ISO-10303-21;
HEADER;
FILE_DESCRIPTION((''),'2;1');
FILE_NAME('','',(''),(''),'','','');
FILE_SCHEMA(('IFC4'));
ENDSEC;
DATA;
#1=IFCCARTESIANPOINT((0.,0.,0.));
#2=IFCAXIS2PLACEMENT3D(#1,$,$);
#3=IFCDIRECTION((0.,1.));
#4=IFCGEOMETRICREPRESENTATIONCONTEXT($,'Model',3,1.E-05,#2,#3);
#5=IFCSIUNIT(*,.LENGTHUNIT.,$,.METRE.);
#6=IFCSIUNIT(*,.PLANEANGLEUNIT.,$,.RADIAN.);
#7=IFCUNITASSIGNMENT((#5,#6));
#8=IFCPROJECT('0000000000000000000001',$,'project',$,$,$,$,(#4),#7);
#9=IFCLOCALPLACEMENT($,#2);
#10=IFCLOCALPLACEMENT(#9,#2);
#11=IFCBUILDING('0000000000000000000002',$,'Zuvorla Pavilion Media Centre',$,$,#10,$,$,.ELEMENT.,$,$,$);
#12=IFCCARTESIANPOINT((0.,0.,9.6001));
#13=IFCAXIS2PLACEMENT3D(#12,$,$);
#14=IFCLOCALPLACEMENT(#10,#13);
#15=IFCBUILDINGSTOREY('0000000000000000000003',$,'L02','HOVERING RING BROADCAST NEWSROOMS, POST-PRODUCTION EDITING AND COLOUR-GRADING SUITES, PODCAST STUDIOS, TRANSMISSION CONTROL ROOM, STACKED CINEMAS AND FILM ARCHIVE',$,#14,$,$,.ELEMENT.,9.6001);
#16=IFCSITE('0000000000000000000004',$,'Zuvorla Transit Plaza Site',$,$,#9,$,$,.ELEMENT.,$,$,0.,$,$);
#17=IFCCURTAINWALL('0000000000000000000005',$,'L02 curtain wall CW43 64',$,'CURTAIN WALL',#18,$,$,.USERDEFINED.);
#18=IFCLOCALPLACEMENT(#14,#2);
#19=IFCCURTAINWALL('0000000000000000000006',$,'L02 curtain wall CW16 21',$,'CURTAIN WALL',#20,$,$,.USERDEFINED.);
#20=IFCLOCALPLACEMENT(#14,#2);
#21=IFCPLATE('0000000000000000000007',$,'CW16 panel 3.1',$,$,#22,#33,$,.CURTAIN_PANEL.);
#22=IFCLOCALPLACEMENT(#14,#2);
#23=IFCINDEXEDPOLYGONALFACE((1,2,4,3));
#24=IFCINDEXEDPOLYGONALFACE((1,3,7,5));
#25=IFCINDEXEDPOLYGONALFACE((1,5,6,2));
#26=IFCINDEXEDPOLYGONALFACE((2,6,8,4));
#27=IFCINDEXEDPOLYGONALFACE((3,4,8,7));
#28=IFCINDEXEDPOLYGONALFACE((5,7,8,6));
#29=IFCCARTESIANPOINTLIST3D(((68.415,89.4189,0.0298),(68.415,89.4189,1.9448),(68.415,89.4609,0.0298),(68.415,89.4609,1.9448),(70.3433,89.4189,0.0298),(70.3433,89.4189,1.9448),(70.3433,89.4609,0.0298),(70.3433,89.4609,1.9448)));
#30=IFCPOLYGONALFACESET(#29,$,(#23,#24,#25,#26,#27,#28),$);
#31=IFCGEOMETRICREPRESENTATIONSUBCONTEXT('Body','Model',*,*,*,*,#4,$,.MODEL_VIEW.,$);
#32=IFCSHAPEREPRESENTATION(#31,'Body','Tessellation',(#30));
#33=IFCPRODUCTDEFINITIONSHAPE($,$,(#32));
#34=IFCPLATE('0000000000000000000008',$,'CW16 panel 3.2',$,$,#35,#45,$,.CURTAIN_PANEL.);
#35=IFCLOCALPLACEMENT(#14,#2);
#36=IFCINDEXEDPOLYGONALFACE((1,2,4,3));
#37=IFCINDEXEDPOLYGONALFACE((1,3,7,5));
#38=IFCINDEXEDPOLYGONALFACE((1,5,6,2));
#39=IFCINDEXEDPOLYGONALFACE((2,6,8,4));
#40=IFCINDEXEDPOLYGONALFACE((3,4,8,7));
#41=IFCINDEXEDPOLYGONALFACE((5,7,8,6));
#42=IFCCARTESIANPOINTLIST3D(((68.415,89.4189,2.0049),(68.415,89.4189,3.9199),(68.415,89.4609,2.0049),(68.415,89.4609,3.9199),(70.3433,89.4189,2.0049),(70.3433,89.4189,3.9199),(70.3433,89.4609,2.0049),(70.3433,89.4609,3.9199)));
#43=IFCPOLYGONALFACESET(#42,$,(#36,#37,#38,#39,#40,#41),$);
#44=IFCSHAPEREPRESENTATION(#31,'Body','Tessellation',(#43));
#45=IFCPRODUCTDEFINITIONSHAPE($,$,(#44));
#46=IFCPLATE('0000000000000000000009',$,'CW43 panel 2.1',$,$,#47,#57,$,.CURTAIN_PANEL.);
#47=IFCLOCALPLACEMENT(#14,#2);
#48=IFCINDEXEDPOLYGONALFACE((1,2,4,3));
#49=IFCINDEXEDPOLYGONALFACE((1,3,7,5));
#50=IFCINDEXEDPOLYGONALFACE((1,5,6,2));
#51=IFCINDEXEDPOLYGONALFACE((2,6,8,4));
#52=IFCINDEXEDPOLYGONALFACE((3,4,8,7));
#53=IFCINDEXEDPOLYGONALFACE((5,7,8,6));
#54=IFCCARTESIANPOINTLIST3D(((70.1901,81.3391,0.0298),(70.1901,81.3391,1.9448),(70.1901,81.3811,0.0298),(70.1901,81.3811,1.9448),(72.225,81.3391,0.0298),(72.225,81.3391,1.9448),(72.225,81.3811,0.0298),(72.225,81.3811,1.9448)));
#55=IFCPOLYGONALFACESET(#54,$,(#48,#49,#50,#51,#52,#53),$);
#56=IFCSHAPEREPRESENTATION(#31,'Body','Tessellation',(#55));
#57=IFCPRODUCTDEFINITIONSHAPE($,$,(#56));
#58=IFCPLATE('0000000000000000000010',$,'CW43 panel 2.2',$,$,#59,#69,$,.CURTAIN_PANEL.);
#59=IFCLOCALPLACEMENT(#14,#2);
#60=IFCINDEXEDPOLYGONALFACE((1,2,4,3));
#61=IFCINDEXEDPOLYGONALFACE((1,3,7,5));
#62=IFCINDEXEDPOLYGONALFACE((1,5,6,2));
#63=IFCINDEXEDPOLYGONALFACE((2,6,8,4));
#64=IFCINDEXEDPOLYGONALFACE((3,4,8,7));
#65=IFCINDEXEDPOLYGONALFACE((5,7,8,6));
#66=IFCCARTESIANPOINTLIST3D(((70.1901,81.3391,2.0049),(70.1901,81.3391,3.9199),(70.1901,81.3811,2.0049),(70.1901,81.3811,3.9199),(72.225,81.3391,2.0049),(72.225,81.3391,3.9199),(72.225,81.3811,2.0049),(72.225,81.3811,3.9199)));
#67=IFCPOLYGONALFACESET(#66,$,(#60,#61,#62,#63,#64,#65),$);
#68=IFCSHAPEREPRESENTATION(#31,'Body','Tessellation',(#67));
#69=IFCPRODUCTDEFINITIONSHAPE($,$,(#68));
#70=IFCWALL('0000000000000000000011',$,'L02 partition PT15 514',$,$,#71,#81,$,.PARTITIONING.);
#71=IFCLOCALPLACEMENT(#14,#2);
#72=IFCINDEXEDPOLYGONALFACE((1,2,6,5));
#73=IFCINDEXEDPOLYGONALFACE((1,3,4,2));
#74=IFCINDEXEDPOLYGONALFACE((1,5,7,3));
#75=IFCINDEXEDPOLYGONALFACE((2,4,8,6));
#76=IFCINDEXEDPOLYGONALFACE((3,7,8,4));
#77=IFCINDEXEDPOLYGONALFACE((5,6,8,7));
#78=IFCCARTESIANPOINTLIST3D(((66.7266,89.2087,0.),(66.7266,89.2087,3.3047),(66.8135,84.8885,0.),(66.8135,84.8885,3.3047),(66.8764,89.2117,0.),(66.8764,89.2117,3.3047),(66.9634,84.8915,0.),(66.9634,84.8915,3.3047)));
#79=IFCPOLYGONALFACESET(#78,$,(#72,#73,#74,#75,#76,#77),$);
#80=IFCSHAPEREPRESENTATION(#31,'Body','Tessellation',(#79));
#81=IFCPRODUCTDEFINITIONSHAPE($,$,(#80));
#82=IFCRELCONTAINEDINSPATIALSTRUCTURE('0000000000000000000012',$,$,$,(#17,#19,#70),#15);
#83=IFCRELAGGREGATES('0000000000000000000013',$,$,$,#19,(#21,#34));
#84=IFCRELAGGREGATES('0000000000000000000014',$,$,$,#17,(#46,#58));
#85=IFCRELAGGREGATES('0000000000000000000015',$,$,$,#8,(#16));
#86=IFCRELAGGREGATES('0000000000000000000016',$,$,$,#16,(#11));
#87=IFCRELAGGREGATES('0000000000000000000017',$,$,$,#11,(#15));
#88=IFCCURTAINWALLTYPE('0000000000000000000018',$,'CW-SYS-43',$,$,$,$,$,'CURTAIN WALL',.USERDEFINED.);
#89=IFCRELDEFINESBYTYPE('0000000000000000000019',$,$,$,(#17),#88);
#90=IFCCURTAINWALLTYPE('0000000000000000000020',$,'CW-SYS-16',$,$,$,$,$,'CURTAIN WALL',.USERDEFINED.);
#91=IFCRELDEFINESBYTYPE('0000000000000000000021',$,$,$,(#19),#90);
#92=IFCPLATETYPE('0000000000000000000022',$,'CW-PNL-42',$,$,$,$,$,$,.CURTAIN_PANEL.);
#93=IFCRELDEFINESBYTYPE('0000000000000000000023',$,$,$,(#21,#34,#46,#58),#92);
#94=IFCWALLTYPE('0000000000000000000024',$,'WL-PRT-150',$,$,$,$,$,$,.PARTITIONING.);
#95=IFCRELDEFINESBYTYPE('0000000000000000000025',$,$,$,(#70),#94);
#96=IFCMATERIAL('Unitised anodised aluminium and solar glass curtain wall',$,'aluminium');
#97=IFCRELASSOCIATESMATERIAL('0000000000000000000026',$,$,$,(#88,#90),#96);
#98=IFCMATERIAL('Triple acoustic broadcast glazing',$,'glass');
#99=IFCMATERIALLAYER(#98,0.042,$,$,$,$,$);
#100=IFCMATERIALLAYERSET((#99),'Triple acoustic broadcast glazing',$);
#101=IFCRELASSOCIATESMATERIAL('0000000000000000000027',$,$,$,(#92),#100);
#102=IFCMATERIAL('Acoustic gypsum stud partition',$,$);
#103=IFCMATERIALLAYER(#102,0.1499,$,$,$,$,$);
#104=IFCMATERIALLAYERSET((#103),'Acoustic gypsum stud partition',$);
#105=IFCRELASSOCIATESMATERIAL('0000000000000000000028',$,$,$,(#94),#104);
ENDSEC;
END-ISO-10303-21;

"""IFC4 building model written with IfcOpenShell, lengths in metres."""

from ifc_helpers import new_model, si_unit, direction, frame, frame_2d, origin, origin_2d, place, context, subcontext, project, spatial, rectangle, extrude, material, layer, layer_set, type_object, element, aggregate, save


model = new_model("IFC4")

# Units and contexts
model_context = context("Model", 3, precision=1e-05, world=origin(), true_north=direction((0.0, 1.0)))
body_context = subcontext(model_context, "Body", "Model", "MODEL_VIEW")
ifc_project = project(units=[si_unit("LENGTHUNIT", "METRE"), si_unit("PLANEANGLEUNIT", "RADIAN")], contexts=[model_context])

# Site, building, storey
site_placement = place(None, origin())
site = spatial("IfcSite", under=ifc_project, at=site_placement, Name="Zuvorla Transit Plaza Site", CompositionType="ELEMENT", RefElevation=0.0)
building_placement = place(site_placement, origin())
building = spatial("IfcBuilding", under=site, at=building_placement, Name="Zuvorla Pavilion Media Centre", CompositionType="ELEMENT")
storey_placement = place(building_placement, frame((0.0, 0.0, 9.6001)))
storey = spatial("IfcBuildingStorey", under=building, at=storey_placement, Name="L02", Description="HOVERING RING BROADCAST NEWSROOMS, POST-PRODUCTION EDITING AND COLOUR-GRADING SUITES, PODCAST STUDIOS, TRANSMISSION CONTROL ROOM, STACKED CINEMAS AND FILM ARCHIVE", CompositionType="ELEMENT", Elevation=9.6001)

# Curtain wall
ifc_material_1 = material(Name="Unitised anodised aluminium and solar glass curtain wall", Category="aluminium")
curtain_wall_type_1 = type_object("IfcCurtainWallType", Name="CW-SYS-43", ElementType="CURTAIN WALL", PredefinedType="USERDEFINED", material=ifc_material_1)
curtain_wall_1_placement = place(storey_placement, origin())
curtain_wall_1 = element("IfcCurtainWall", 1, at=curtain_wall_1_placement, inside=storey, type_object=curtain_wall_type_1, Name="L02 curtain wall CW43 64", ObjectType="CURTAIN WALL", PredefinedType="USERDEFINED")

# Curtain wall
curtain_wall_type_2 = type_object("IfcCurtainWallType", Name="CW-SYS-16", ElementType="CURTAIN WALL", PredefinedType="USERDEFINED", material=ifc_material_1)
curtain_wall_2_placement = place(storey_placement, origin())
curtain_wall_2 = element("IfcCurtainWall", 2, at=curtain_wall_2_placement, inside=storey, type_object=curtain_wall_type_2, Name="L02 curtain wall CW16 21", ObjectType="CURTAIN WALL", PredefinedType="USERDEFINED")

# Plates
ifc_material_2 = material(Name="Triple acoustic broadcast glazing", Category="glass")
ifc_layer_1 = layer(ifc_material_2, 0.042)
ifc_layer_set_1 = layer_set([ifc_layer_1], Name="Triple acoustic broadcast glazing")
plate_type_1 = type_object("IfcPlateType", Name="CW-PNL-42", PredefinedType="CURTAIN_PANEL", material=ifc_layer_set_1)
plate_1_placement = place(storey_placement, frame((69.3792, 89.4399, 0.0298), z_axis=(0.0, 0.0, 1.0), x_axis=(-1.0, 0.0, 0.0)))
plate_1 = element("IfcPlate", 3, at=plate_1_placement, type_object=plate_type_1, Name="CW16 panel 3.1", PredefinedType="CURTAIN_PANEL", context=body_context, shape_type="SweptSolid", body=[
    extrude(rectangle(XDim=1.9282, YDim=0.042, at=origin_2d()), origin(), (0.0, 0.0, 1.0), 1.915),
])
plate_2_placement = place(storey_placement, frame((69.3792, 89.4399, 2.0049), z_axis=(0.0, 0.0, 1.0), x_axis=(-1.0, 0.0, 0.0)))
plate_2 = element("IfcPlate", 4, at=plate_2_placement, type_object=plate_type_1, Name="CW16 panel 3.2", PredefinedType="CURTAIN_PANEL", context=body_context, shape_type="SweptSolid", body=[
    extrude(rectangle(XDim=1.9282, YDim=0.042, at=origin_2d()), origin(), (0.0, 0.0, 1.0), 1.915),
])
aggregate(curtain_wall_2, [plate_1, plate_2])
plate_3_placement = place(storey_placement, frame((71.2075, 81.3601, 0.0298), z_axis=(0.0, 0.0, 1.0), x_axis=(-1.0, 0.0, 0.0)))
plate_3 = element("IfcPlate", 5, at=plate_3_placement, type_object=plate_type_1, Name="CW43 panel 2.1", PredefinedType="CURTAIN_PANEL", context=body_context, shape_type="SweptSolid", body=[
    extrude(rectangle(XDim=2.0349, YDim=0.042, at=origin_2d()), origin(), (0.0, 0.0, 1.0), 1.915),
])
plate_4_placement = place(storey_placement, frame((71.2075, 81.3601, 2.0049), z_axis=(0.0, 0.0, 1.0), x_axis=(-1.0, 0.0, 0.0)))
plate_4 = element("IfcPlate", 6, at=plate_4_placement, type_object=plate_type_1, Name="CW43 panel 2.2", PredefinedType="CURTAIN_PANEL", context=body_context, shape_type="SweptSolid", body=[
    extrude(rectangle(XDim=2.0349, YDim=0.042, at=origin_2d()), origin(), (0.0, 0.0, 1.0), 1.915),
])
aggregate(curtain_wall_1, [plate_3, plate_4])

# Wall
ifc_material_3 = material(Name="Acoustic gypsum stud partition")
ifc_layer_2 = layer(ifc_material_3, 0.1499)
ifc_layer_set_2 = layer_set([ifc_layer_2], Name="Acoustic gypsum stud partition")
wall_type = type_object("IfcWallType", Name="WL-PRT-150", PredefinedType="PARTITIONING", material=ifc_layer_set_2)
wall_placement = place(storey_placement, frame((66.8884, 84.8899, 0.0), z_axis=(0.0, 0.0, 1.0), x_axis=(-0.020115, 0.999798, 0.0)))
element("IfcWall", 7, at=wall_placement, inside=storey, type_object=wall_type, Name="L02 partition PT15 514", PredefinedType="PARTITIONING", context=body_context, shape_type="SweptSolid", body=[
    extrude(rectangle(XDim=4.321, YDim=0.1499, at=frame_2d((2.1606, 0.0))), origin(), (0.0, 0.0, 1.0), 3.3047),
])

save(model, "model.ifc")
